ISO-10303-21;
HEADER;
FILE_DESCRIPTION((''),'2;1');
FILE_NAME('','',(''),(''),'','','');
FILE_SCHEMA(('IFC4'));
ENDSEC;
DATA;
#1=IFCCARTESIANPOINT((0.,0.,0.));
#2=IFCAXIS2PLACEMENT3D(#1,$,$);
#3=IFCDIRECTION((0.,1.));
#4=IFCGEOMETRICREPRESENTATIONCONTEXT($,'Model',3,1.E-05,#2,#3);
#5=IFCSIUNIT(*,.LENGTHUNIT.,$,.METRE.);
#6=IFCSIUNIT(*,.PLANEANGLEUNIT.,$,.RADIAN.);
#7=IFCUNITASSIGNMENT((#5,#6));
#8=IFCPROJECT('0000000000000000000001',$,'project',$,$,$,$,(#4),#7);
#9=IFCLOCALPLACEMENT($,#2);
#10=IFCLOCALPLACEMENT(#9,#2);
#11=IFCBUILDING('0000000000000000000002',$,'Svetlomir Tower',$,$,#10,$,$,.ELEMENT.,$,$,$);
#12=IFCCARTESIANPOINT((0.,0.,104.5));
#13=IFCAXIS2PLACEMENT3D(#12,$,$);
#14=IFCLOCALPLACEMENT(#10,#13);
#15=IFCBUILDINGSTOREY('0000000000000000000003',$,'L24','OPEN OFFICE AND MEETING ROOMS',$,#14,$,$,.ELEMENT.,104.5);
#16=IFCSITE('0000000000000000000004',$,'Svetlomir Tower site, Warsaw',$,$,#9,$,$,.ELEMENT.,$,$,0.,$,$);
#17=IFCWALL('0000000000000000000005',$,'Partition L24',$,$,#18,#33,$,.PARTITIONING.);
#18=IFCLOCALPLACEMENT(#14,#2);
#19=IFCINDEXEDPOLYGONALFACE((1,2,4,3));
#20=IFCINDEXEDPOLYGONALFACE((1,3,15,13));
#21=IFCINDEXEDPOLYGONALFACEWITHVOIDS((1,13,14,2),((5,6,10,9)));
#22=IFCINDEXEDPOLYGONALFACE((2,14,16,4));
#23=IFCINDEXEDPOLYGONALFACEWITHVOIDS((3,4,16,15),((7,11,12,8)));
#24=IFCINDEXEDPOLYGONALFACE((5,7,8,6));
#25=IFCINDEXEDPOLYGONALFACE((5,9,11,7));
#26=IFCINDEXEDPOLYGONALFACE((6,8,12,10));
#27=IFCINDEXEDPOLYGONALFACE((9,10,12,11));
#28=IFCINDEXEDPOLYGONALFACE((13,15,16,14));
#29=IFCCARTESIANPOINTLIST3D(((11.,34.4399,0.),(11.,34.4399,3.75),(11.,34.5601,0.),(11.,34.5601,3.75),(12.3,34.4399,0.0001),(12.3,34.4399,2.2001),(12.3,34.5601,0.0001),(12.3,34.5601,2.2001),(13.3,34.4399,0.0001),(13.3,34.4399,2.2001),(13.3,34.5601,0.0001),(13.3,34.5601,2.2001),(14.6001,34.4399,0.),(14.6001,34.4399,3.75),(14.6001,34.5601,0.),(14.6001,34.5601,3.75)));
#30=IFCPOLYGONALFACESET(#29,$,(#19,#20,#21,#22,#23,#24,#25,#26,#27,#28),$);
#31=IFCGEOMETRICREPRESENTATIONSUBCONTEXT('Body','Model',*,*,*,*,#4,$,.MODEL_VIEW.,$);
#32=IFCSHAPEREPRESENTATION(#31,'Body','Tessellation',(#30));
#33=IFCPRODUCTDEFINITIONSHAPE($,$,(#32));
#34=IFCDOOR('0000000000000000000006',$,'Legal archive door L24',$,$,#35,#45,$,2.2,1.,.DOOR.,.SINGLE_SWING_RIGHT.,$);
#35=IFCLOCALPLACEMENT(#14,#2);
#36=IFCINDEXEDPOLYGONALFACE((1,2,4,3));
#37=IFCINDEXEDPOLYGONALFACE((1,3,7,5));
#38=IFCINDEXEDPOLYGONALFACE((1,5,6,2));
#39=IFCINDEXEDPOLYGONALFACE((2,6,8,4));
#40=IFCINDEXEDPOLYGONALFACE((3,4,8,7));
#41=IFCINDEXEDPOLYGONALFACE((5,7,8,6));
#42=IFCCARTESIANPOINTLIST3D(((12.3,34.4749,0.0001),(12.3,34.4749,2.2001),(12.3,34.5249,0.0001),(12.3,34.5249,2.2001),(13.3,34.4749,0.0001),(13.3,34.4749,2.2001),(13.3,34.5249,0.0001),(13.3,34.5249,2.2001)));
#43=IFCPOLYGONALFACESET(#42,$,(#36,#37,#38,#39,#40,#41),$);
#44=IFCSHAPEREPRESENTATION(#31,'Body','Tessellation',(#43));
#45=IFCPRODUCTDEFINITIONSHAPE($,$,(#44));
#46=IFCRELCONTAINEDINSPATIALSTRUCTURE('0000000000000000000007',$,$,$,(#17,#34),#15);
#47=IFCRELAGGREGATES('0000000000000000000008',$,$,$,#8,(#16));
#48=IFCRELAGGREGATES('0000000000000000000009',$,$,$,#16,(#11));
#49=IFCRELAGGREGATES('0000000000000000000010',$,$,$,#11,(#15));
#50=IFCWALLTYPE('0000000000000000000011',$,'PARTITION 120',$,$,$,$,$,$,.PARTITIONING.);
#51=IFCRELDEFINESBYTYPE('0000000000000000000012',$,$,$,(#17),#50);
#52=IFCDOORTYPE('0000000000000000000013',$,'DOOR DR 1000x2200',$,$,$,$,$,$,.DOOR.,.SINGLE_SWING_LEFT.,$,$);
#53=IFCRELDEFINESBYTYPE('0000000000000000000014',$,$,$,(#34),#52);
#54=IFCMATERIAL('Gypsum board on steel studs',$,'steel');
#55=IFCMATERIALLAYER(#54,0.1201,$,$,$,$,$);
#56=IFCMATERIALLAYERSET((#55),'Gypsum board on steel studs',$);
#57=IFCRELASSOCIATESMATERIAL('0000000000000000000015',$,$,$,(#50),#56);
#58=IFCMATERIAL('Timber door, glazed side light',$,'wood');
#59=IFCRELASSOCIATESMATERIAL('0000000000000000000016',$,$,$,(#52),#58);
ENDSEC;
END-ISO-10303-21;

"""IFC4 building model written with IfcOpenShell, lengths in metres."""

from ifc_helpers import new_model, si_unit, direction, frame, frame_2d, origin, place, context, subcontext, project, spatial, rectangle, extrude, material, layer, layer_set, type_object, element, fill, save


model = new_model("IFC4")

# Units and contexts
model_context = context("Model", 3, precision=1e-05, world=origin(), true_north=direction((0.0, 1.0)))
body_context = subcontext(model_context, "Body", "Model", "MODEL_VIEW")
ifc_project = project(units=[si_unit("LENGTHUNIT", "METRE"), si_unit("PLANEANGLEUNIT", "RADIAN")], contexts=[model_context])

# Site, building, storey
site_placement = place(None, origin())
site = spatial("IfcSite", under=ifc_project, at=site_placement, Name="Svetlomir Tower site, Warsaw", CompositionType="ELEMENT", RefElevation=0.0)
building_placement = place(site_placement, origin())
building = spatial("IfcBuilding", under=site, at=building_placement, Name="Svetlomir Tower", CompositionType="ELEMENT")
storey_placement = place(building_placement, frame((0.0, 0.0, 104.5)))
storey = spatial("IfcBuildingStorey", under=building, at=storey_placement, Name="L24", Description="OPEN OFFICE AND MEETING ROOMS", CompositionType="ELEMENT", Elevation=104.5)

# Wall, opening, door
ifc_material_1 = material(Name="Gypsum board on steel studs", Category="steel")
ifc_layer_1 = layer(ifc_material_1, 0.1201)
ifc_layer_set_1 = layer_set([ifc_layer_1], Name="Gypsum board on steel studs")
wall_type = type_object("IfcWallType", Name="PARTITION 120", PredefinedType="PARTITIONING", material=ifc_layer_set_1)
wall_placement = place(storey_placement, frame((11.0, 34.5, 0.0), z_axis=(0.0, 0.0, 1.0), x_axis=(1.0, 0.0, 0.0)))
wall = element("IfcWall", 1, at=wall_placement, inside=storey, type_object=wall_type, Name="Partition L24", PredefinedType="PARTITIONING", context=body_context, shape_type="SweptSolid", body=[
    extrude(rectangle(XDim=3.6001, YDim=0.1201, at=frame_2d((1.8, 0.0))), origin(), (0.0, 0.0, 1.0), 3.75),
])
opening_placement = place(wall_placement, frame((1.3, 0.0, 0.0)))
opening = element("IfcOpeningElement", 2, at=opening_placement, cuts=wall, PredefinedType="OPENING", context=body_context, shape_type="SweptSolid", body=[
    extrude(rectangle(XDim=1.0, YDim=2.2, at=frame_2d((0.5, 1.1001))), frame((0.0, 0.0701, 0.0), z_axis=(0.0, -1.0, 0.0), x_axis=(1.0, 0.0, 0.0)), (0.0, 0.0, 1.0), 0.1401),
])
ifc_material_2 = material(Name="Timber door, glazed side light", Category="wood")
door_type = type_object("IfcDoorType", Name="DOOR DR 1000x2200", OperationType="SINGLE_SWING_LEFT", PredefinedType="DOOR", material=ifc_material_2)
door_placement = place(opening_placement, origin())
door = element("IfcDoor", 3, at=door_placement, inside=storey, type_object=door_type, Name="Legal archive door L24", OperationType="SINGLE_SWING_RIGHT", OverallHeight=2.2, OverallWidth=1.0, PredefinedType="DOOR", context=body_context, shape_type="SweptSolid", body=[
    extrude(rectangle(XDim=1.0, YDim=2.2, at=frame_2d((0.5, 1.1001))), frame((0.0, 0.0249, 0.0), z_axis=(0.0, -1.0, 0.0), x_axis=(1.0, 0.0, 0.0)), (0.0, 0.0, 1.0), 0.05),
])
fill(opening, door)

save(model, "model.ifc")
